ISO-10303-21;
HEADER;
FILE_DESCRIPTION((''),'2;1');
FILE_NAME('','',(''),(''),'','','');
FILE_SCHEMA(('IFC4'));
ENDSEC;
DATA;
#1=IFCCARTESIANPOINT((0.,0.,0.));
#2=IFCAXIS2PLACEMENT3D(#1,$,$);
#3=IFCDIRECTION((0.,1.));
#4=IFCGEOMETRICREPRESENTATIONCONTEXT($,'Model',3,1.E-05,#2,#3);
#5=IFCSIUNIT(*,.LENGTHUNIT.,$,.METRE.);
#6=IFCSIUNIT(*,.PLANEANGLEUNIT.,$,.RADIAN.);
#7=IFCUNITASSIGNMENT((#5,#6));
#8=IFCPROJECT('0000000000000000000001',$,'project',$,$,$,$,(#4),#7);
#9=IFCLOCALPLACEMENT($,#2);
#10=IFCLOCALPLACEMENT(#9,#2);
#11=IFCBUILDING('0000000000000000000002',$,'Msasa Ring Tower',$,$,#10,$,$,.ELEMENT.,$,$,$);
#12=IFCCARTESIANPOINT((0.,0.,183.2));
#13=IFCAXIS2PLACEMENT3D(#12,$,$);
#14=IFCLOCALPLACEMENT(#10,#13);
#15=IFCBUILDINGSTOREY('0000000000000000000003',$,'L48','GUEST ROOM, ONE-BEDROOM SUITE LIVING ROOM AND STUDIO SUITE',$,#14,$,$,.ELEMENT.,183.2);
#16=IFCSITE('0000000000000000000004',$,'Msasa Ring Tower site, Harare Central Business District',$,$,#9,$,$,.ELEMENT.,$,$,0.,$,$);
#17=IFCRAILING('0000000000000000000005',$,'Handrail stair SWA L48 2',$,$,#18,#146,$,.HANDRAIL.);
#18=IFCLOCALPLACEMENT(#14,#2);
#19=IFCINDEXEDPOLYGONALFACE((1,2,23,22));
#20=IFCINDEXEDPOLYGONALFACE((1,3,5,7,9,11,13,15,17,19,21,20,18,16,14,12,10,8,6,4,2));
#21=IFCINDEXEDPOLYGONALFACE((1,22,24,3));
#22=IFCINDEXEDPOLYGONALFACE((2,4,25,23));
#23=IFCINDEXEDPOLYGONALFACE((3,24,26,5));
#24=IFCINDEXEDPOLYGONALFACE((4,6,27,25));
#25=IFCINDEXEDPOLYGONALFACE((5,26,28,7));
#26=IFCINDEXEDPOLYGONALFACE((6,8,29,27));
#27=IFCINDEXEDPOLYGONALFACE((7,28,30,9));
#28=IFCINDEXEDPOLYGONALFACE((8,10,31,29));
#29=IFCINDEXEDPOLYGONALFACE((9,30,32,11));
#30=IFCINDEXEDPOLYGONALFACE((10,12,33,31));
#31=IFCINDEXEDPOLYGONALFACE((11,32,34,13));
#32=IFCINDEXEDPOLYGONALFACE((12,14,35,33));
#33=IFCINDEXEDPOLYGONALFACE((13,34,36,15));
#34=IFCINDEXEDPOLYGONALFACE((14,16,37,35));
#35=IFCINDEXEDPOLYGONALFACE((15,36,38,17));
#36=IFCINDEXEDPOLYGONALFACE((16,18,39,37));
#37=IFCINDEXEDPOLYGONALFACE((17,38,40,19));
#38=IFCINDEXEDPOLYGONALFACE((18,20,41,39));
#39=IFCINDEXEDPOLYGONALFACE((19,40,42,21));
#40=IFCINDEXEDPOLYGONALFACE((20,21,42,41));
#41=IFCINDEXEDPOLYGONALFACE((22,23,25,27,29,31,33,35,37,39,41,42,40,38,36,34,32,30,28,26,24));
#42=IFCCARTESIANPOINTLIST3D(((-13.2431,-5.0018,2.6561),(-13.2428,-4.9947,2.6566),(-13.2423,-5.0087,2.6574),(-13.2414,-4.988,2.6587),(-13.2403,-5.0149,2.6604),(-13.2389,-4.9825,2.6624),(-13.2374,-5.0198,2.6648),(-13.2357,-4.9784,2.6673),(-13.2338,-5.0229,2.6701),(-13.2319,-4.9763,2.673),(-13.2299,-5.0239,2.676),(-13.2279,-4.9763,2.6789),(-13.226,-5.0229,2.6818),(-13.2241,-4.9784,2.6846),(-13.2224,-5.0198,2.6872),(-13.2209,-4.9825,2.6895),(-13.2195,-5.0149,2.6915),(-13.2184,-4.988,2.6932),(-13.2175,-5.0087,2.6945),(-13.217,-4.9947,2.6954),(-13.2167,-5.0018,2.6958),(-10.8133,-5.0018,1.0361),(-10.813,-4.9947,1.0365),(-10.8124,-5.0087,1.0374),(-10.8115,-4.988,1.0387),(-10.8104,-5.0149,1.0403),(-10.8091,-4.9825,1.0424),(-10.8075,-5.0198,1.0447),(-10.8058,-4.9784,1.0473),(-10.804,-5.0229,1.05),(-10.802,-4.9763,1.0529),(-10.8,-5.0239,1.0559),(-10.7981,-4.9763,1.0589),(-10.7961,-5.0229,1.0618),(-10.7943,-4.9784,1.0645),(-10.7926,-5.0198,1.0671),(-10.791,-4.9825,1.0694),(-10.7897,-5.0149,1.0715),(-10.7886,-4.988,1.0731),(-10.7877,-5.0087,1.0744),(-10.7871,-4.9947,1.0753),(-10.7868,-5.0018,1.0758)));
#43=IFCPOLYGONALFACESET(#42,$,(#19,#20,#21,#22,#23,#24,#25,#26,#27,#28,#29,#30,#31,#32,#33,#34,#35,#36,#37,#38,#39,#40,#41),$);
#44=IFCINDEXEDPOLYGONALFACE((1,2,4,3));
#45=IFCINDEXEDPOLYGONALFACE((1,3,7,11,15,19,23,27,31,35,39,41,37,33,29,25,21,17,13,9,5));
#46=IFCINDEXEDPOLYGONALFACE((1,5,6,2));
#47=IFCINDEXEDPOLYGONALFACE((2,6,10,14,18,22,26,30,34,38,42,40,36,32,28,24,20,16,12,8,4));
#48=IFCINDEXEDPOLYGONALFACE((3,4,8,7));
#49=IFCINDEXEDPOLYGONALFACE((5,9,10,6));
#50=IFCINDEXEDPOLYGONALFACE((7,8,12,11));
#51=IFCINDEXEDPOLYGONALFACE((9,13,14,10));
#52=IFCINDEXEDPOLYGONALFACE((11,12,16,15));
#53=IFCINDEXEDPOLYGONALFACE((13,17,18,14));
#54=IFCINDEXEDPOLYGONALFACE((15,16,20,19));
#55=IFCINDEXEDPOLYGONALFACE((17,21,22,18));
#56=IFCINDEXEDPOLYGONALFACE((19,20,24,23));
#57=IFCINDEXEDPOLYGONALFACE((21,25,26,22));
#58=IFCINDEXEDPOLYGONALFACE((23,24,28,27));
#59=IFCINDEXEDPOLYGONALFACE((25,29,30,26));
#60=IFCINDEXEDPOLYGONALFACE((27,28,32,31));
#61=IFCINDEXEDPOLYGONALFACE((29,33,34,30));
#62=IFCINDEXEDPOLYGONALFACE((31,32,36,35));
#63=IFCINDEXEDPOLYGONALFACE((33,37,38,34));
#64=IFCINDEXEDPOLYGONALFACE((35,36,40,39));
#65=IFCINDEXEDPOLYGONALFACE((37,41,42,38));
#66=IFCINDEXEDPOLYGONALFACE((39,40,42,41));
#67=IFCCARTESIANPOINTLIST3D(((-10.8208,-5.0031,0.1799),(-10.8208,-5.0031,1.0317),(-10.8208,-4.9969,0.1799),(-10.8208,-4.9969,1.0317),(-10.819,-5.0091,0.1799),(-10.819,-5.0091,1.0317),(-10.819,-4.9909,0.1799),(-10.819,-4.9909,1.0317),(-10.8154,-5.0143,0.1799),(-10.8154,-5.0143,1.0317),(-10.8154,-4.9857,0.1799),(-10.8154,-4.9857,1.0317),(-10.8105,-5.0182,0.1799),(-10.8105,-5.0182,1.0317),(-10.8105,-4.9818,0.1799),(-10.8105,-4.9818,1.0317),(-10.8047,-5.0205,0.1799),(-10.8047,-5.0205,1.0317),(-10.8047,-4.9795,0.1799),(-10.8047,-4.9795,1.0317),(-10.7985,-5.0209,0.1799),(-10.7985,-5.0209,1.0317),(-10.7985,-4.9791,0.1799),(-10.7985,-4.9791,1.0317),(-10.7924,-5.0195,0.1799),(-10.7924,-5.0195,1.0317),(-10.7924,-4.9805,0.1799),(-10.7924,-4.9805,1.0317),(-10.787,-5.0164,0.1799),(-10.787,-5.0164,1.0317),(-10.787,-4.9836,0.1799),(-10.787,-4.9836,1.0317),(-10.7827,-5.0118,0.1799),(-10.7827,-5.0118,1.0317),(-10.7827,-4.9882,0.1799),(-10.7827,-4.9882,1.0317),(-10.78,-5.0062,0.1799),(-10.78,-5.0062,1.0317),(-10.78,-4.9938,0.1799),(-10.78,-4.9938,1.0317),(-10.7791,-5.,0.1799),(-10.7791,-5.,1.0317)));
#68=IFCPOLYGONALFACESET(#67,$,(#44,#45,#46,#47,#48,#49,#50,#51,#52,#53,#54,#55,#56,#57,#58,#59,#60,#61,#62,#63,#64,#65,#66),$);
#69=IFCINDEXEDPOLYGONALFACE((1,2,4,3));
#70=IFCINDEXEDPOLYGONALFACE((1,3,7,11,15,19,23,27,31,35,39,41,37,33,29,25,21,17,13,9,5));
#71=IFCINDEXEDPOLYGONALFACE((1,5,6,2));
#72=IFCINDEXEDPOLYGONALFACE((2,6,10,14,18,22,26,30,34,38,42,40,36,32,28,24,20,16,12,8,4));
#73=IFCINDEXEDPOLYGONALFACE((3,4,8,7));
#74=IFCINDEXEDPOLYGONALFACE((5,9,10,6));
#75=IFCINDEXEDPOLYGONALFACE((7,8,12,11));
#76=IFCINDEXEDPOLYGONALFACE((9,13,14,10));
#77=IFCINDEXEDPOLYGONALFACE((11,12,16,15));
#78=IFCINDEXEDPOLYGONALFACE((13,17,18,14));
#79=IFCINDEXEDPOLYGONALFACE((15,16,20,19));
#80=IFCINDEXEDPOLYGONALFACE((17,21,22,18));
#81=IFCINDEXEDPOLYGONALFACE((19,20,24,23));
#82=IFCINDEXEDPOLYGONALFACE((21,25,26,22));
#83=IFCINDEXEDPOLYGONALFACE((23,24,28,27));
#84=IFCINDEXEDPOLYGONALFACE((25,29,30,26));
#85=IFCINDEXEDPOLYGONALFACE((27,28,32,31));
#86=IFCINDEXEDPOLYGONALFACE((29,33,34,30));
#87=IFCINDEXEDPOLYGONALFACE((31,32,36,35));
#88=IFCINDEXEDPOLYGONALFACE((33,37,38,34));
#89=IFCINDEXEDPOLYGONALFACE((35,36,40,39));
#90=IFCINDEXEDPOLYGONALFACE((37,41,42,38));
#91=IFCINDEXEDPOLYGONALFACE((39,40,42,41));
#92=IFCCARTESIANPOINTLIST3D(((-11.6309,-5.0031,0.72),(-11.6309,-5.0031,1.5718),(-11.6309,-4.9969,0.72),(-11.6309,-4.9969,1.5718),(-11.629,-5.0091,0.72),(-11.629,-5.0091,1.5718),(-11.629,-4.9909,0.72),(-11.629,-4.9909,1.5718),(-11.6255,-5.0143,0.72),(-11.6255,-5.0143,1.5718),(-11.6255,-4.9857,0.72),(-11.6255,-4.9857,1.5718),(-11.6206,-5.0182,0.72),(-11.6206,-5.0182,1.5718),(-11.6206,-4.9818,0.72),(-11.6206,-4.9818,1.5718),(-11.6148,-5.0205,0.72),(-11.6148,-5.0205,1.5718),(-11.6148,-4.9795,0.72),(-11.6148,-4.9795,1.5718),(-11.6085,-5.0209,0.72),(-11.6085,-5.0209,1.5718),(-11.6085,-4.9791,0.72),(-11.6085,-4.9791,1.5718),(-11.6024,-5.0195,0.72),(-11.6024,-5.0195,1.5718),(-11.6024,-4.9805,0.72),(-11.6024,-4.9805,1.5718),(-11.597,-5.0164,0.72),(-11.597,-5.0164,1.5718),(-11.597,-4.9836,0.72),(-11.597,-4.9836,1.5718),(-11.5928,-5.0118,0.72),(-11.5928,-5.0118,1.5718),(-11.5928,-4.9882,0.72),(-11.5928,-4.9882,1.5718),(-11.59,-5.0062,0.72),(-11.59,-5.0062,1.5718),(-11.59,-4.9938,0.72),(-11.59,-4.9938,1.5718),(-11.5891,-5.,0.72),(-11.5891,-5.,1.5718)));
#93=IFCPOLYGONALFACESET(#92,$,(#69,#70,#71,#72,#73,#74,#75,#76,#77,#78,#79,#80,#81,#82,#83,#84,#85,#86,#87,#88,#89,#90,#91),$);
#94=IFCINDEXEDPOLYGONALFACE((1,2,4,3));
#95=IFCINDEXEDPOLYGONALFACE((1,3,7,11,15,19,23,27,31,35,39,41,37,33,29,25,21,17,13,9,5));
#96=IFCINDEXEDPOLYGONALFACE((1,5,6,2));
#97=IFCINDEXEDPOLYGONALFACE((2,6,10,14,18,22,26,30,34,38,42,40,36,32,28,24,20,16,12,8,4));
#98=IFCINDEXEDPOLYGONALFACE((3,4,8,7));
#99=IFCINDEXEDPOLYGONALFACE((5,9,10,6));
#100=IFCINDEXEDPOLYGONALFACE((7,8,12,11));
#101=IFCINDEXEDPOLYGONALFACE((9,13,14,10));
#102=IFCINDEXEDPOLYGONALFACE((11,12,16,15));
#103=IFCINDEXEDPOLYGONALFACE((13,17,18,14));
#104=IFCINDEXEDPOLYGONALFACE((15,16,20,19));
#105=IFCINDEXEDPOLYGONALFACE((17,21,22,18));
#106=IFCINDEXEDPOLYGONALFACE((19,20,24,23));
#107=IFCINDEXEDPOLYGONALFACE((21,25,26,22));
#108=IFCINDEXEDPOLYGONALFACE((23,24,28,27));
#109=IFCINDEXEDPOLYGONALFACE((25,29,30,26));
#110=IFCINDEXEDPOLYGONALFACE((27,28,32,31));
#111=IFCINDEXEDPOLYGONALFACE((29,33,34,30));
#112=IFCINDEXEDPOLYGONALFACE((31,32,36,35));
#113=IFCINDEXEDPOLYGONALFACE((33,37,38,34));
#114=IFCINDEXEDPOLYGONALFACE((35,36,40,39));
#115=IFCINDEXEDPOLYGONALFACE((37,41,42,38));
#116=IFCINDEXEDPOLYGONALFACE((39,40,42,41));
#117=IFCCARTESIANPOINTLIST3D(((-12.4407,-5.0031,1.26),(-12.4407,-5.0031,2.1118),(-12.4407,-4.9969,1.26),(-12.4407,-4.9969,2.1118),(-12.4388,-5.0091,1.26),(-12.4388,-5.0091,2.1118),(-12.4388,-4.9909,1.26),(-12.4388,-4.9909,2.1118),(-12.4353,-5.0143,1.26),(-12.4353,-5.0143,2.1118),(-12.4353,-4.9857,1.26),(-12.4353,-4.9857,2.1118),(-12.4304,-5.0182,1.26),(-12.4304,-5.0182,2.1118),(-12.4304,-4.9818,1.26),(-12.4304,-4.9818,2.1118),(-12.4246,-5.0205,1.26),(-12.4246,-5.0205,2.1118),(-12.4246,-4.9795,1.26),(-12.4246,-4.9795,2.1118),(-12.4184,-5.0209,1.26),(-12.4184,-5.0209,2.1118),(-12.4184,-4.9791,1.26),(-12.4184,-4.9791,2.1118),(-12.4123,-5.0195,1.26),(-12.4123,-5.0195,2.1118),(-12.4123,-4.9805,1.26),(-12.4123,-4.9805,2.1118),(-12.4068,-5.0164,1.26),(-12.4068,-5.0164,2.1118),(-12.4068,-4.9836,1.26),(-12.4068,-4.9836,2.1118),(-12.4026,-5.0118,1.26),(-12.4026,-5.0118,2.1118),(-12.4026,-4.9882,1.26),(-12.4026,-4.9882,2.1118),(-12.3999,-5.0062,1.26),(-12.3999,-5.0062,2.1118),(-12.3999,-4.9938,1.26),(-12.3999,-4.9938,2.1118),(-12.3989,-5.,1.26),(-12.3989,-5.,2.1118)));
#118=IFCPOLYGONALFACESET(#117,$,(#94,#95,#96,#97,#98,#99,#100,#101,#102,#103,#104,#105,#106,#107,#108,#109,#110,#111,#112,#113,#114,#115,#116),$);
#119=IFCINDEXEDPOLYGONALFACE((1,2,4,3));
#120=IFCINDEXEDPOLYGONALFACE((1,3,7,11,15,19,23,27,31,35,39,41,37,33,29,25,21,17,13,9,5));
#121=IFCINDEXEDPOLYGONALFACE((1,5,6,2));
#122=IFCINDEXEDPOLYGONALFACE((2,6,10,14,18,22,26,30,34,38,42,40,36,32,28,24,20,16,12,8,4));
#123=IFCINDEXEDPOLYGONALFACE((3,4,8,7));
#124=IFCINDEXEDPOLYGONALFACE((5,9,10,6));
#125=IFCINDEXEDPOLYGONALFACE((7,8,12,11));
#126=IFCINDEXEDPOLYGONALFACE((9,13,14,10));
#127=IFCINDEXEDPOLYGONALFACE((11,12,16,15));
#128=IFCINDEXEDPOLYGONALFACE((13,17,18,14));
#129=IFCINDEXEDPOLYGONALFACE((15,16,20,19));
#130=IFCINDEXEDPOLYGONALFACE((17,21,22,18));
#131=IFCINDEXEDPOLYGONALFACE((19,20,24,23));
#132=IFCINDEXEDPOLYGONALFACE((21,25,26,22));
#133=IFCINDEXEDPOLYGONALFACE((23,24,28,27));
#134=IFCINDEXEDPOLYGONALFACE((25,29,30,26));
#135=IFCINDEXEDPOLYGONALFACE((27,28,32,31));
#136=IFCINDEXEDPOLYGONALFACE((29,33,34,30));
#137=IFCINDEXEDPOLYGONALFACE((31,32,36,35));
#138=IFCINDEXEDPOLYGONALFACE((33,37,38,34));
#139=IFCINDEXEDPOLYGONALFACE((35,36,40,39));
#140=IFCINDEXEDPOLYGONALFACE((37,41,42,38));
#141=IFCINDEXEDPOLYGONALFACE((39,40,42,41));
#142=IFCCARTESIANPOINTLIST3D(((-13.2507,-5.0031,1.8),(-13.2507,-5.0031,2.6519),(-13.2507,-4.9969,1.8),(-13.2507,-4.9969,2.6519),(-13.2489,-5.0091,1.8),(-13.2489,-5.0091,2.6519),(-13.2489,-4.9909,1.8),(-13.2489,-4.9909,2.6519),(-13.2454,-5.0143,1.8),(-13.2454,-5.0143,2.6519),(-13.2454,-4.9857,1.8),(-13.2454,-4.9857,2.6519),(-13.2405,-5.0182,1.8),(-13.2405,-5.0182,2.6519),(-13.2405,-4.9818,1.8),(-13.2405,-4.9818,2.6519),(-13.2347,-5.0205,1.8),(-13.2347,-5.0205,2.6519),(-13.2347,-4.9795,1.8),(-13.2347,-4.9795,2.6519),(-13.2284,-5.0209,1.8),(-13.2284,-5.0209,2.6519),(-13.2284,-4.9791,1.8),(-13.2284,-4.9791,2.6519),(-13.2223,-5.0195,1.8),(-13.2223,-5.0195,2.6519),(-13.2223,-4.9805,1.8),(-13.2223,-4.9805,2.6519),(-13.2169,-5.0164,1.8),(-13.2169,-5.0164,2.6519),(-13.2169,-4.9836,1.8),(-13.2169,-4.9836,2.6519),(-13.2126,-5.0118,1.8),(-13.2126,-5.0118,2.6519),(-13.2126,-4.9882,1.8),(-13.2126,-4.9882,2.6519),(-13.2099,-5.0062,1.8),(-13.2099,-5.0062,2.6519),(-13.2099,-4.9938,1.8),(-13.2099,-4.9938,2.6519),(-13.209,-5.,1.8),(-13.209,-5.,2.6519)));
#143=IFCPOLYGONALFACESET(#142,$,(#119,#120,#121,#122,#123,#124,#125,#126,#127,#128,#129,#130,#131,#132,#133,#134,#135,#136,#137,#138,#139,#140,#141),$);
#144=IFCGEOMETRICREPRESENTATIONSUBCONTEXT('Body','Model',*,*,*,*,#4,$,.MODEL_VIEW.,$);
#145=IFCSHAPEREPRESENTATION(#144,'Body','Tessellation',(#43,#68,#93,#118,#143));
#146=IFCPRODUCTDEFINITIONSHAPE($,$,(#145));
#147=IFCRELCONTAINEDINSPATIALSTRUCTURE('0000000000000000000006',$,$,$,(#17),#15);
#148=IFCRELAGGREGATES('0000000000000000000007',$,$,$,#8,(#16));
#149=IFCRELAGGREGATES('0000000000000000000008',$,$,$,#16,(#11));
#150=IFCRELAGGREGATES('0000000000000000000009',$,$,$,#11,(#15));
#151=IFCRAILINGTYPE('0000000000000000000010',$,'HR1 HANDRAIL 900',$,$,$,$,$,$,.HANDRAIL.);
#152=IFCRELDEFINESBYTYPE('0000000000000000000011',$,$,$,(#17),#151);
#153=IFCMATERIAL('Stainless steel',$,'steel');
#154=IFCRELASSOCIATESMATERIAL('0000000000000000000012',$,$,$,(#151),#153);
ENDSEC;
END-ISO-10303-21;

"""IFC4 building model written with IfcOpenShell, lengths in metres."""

from ifc_helpers import new_model, si_unit, direction, frame, origin, origin_2d, place, context, subcontext, project, spatial, circle, extrude, material, type_object, element, save


model = new_model("IFC4")

# Units and contexts
model_context = context("Model", 3, precision=1e-05, world=origin(), true_north=direction((0.0, 1.0)))
body_context = subcontext(model_context, "Body", "Model", "MODEL_VIEW")
ifc_project = project(units=[si_unit("LENGTHUNIT", "METRE"), si_unit("PLANEANGLEUNIT", "RADIAN")], contexts=[model_context])

# Site, building, storey
site_placement = place(None, origin())
site = spatial("IfcSite", under=ifc_project, at=site_placement, Name="Msasa Ring Tower site, Harare Central Business District", CompositionType="ELEMENT", RefElevation=0.0)
building_placement = place(site_placement, origin())
building = spatial("IfcBuilding", under=site, at=building_placement, Name="Msasa Ring Tower", CompositionType="ELEMENT")
storey_placement = place(building_placement, frame((0.0, 0.0, 183.2)))
storey = spatial("IfcBuildingStorey", under=building, at=storey_placement, Name="L48", Description="GUEST ROOM, ONE-BEDROOM SUITE LIVING ROOM AND STUDIO SUITE", CompositionType="ELEMENT", Elevation=183.2)

# Railing
ifc_material_1 = material(Name="Stainless steel", Category="steel")
railing_type = type_object("IfcRailingType", Name="HR1 HANDRAIL 900", PredefinedType="HANDRAIL", material=ifc_material_1)
for number, where, name in (
    (1, (-10.8, -5.0, 0.1799), "Handrail stair SWA L48 2"),
):
    element("IfcRailing", number, at=place(storey_placement, frame(where)), inside=storey, type_object=railing_type, Name=name, PredefinedType="HANDRAIL", context=body_context, shape_type="SweptSolid", body=[
        extrude(circle(Radius=0.0239, at=origin_2d()), frame((0.0, 0.0, 0.876), z_axis=(-0.832025, 0.0, 0.554739), x_axis=(0.0, -1.0, 0.0)), (0.0, 0.0, 1.0), 2.9204),
        extrude(circle(Radius=0.021, at=origin_2d()), origin(), (0.0, 0.0, 1.0), 0.8518),
        extrude(circle(Radius=0.021, at=origin_2d()), frame((-0.8101, 0.0, 0.54)), (0.0, 0.0, 1.0), 0.8518),
        extrude(circle(Radius=0.021, at=origin_2d()), frame((-1.6199, 0.0, 1.0801)), (0.0, 0.0, 1.0), 0.8518),
        extrude(circle(Radius=0.021, at=origin_2d()), frame((-2.4299, 0.0, 1.6201)), (0.0, 0.0, 1.0), 0.8518),
    ])

save(model, "model.ifc")
